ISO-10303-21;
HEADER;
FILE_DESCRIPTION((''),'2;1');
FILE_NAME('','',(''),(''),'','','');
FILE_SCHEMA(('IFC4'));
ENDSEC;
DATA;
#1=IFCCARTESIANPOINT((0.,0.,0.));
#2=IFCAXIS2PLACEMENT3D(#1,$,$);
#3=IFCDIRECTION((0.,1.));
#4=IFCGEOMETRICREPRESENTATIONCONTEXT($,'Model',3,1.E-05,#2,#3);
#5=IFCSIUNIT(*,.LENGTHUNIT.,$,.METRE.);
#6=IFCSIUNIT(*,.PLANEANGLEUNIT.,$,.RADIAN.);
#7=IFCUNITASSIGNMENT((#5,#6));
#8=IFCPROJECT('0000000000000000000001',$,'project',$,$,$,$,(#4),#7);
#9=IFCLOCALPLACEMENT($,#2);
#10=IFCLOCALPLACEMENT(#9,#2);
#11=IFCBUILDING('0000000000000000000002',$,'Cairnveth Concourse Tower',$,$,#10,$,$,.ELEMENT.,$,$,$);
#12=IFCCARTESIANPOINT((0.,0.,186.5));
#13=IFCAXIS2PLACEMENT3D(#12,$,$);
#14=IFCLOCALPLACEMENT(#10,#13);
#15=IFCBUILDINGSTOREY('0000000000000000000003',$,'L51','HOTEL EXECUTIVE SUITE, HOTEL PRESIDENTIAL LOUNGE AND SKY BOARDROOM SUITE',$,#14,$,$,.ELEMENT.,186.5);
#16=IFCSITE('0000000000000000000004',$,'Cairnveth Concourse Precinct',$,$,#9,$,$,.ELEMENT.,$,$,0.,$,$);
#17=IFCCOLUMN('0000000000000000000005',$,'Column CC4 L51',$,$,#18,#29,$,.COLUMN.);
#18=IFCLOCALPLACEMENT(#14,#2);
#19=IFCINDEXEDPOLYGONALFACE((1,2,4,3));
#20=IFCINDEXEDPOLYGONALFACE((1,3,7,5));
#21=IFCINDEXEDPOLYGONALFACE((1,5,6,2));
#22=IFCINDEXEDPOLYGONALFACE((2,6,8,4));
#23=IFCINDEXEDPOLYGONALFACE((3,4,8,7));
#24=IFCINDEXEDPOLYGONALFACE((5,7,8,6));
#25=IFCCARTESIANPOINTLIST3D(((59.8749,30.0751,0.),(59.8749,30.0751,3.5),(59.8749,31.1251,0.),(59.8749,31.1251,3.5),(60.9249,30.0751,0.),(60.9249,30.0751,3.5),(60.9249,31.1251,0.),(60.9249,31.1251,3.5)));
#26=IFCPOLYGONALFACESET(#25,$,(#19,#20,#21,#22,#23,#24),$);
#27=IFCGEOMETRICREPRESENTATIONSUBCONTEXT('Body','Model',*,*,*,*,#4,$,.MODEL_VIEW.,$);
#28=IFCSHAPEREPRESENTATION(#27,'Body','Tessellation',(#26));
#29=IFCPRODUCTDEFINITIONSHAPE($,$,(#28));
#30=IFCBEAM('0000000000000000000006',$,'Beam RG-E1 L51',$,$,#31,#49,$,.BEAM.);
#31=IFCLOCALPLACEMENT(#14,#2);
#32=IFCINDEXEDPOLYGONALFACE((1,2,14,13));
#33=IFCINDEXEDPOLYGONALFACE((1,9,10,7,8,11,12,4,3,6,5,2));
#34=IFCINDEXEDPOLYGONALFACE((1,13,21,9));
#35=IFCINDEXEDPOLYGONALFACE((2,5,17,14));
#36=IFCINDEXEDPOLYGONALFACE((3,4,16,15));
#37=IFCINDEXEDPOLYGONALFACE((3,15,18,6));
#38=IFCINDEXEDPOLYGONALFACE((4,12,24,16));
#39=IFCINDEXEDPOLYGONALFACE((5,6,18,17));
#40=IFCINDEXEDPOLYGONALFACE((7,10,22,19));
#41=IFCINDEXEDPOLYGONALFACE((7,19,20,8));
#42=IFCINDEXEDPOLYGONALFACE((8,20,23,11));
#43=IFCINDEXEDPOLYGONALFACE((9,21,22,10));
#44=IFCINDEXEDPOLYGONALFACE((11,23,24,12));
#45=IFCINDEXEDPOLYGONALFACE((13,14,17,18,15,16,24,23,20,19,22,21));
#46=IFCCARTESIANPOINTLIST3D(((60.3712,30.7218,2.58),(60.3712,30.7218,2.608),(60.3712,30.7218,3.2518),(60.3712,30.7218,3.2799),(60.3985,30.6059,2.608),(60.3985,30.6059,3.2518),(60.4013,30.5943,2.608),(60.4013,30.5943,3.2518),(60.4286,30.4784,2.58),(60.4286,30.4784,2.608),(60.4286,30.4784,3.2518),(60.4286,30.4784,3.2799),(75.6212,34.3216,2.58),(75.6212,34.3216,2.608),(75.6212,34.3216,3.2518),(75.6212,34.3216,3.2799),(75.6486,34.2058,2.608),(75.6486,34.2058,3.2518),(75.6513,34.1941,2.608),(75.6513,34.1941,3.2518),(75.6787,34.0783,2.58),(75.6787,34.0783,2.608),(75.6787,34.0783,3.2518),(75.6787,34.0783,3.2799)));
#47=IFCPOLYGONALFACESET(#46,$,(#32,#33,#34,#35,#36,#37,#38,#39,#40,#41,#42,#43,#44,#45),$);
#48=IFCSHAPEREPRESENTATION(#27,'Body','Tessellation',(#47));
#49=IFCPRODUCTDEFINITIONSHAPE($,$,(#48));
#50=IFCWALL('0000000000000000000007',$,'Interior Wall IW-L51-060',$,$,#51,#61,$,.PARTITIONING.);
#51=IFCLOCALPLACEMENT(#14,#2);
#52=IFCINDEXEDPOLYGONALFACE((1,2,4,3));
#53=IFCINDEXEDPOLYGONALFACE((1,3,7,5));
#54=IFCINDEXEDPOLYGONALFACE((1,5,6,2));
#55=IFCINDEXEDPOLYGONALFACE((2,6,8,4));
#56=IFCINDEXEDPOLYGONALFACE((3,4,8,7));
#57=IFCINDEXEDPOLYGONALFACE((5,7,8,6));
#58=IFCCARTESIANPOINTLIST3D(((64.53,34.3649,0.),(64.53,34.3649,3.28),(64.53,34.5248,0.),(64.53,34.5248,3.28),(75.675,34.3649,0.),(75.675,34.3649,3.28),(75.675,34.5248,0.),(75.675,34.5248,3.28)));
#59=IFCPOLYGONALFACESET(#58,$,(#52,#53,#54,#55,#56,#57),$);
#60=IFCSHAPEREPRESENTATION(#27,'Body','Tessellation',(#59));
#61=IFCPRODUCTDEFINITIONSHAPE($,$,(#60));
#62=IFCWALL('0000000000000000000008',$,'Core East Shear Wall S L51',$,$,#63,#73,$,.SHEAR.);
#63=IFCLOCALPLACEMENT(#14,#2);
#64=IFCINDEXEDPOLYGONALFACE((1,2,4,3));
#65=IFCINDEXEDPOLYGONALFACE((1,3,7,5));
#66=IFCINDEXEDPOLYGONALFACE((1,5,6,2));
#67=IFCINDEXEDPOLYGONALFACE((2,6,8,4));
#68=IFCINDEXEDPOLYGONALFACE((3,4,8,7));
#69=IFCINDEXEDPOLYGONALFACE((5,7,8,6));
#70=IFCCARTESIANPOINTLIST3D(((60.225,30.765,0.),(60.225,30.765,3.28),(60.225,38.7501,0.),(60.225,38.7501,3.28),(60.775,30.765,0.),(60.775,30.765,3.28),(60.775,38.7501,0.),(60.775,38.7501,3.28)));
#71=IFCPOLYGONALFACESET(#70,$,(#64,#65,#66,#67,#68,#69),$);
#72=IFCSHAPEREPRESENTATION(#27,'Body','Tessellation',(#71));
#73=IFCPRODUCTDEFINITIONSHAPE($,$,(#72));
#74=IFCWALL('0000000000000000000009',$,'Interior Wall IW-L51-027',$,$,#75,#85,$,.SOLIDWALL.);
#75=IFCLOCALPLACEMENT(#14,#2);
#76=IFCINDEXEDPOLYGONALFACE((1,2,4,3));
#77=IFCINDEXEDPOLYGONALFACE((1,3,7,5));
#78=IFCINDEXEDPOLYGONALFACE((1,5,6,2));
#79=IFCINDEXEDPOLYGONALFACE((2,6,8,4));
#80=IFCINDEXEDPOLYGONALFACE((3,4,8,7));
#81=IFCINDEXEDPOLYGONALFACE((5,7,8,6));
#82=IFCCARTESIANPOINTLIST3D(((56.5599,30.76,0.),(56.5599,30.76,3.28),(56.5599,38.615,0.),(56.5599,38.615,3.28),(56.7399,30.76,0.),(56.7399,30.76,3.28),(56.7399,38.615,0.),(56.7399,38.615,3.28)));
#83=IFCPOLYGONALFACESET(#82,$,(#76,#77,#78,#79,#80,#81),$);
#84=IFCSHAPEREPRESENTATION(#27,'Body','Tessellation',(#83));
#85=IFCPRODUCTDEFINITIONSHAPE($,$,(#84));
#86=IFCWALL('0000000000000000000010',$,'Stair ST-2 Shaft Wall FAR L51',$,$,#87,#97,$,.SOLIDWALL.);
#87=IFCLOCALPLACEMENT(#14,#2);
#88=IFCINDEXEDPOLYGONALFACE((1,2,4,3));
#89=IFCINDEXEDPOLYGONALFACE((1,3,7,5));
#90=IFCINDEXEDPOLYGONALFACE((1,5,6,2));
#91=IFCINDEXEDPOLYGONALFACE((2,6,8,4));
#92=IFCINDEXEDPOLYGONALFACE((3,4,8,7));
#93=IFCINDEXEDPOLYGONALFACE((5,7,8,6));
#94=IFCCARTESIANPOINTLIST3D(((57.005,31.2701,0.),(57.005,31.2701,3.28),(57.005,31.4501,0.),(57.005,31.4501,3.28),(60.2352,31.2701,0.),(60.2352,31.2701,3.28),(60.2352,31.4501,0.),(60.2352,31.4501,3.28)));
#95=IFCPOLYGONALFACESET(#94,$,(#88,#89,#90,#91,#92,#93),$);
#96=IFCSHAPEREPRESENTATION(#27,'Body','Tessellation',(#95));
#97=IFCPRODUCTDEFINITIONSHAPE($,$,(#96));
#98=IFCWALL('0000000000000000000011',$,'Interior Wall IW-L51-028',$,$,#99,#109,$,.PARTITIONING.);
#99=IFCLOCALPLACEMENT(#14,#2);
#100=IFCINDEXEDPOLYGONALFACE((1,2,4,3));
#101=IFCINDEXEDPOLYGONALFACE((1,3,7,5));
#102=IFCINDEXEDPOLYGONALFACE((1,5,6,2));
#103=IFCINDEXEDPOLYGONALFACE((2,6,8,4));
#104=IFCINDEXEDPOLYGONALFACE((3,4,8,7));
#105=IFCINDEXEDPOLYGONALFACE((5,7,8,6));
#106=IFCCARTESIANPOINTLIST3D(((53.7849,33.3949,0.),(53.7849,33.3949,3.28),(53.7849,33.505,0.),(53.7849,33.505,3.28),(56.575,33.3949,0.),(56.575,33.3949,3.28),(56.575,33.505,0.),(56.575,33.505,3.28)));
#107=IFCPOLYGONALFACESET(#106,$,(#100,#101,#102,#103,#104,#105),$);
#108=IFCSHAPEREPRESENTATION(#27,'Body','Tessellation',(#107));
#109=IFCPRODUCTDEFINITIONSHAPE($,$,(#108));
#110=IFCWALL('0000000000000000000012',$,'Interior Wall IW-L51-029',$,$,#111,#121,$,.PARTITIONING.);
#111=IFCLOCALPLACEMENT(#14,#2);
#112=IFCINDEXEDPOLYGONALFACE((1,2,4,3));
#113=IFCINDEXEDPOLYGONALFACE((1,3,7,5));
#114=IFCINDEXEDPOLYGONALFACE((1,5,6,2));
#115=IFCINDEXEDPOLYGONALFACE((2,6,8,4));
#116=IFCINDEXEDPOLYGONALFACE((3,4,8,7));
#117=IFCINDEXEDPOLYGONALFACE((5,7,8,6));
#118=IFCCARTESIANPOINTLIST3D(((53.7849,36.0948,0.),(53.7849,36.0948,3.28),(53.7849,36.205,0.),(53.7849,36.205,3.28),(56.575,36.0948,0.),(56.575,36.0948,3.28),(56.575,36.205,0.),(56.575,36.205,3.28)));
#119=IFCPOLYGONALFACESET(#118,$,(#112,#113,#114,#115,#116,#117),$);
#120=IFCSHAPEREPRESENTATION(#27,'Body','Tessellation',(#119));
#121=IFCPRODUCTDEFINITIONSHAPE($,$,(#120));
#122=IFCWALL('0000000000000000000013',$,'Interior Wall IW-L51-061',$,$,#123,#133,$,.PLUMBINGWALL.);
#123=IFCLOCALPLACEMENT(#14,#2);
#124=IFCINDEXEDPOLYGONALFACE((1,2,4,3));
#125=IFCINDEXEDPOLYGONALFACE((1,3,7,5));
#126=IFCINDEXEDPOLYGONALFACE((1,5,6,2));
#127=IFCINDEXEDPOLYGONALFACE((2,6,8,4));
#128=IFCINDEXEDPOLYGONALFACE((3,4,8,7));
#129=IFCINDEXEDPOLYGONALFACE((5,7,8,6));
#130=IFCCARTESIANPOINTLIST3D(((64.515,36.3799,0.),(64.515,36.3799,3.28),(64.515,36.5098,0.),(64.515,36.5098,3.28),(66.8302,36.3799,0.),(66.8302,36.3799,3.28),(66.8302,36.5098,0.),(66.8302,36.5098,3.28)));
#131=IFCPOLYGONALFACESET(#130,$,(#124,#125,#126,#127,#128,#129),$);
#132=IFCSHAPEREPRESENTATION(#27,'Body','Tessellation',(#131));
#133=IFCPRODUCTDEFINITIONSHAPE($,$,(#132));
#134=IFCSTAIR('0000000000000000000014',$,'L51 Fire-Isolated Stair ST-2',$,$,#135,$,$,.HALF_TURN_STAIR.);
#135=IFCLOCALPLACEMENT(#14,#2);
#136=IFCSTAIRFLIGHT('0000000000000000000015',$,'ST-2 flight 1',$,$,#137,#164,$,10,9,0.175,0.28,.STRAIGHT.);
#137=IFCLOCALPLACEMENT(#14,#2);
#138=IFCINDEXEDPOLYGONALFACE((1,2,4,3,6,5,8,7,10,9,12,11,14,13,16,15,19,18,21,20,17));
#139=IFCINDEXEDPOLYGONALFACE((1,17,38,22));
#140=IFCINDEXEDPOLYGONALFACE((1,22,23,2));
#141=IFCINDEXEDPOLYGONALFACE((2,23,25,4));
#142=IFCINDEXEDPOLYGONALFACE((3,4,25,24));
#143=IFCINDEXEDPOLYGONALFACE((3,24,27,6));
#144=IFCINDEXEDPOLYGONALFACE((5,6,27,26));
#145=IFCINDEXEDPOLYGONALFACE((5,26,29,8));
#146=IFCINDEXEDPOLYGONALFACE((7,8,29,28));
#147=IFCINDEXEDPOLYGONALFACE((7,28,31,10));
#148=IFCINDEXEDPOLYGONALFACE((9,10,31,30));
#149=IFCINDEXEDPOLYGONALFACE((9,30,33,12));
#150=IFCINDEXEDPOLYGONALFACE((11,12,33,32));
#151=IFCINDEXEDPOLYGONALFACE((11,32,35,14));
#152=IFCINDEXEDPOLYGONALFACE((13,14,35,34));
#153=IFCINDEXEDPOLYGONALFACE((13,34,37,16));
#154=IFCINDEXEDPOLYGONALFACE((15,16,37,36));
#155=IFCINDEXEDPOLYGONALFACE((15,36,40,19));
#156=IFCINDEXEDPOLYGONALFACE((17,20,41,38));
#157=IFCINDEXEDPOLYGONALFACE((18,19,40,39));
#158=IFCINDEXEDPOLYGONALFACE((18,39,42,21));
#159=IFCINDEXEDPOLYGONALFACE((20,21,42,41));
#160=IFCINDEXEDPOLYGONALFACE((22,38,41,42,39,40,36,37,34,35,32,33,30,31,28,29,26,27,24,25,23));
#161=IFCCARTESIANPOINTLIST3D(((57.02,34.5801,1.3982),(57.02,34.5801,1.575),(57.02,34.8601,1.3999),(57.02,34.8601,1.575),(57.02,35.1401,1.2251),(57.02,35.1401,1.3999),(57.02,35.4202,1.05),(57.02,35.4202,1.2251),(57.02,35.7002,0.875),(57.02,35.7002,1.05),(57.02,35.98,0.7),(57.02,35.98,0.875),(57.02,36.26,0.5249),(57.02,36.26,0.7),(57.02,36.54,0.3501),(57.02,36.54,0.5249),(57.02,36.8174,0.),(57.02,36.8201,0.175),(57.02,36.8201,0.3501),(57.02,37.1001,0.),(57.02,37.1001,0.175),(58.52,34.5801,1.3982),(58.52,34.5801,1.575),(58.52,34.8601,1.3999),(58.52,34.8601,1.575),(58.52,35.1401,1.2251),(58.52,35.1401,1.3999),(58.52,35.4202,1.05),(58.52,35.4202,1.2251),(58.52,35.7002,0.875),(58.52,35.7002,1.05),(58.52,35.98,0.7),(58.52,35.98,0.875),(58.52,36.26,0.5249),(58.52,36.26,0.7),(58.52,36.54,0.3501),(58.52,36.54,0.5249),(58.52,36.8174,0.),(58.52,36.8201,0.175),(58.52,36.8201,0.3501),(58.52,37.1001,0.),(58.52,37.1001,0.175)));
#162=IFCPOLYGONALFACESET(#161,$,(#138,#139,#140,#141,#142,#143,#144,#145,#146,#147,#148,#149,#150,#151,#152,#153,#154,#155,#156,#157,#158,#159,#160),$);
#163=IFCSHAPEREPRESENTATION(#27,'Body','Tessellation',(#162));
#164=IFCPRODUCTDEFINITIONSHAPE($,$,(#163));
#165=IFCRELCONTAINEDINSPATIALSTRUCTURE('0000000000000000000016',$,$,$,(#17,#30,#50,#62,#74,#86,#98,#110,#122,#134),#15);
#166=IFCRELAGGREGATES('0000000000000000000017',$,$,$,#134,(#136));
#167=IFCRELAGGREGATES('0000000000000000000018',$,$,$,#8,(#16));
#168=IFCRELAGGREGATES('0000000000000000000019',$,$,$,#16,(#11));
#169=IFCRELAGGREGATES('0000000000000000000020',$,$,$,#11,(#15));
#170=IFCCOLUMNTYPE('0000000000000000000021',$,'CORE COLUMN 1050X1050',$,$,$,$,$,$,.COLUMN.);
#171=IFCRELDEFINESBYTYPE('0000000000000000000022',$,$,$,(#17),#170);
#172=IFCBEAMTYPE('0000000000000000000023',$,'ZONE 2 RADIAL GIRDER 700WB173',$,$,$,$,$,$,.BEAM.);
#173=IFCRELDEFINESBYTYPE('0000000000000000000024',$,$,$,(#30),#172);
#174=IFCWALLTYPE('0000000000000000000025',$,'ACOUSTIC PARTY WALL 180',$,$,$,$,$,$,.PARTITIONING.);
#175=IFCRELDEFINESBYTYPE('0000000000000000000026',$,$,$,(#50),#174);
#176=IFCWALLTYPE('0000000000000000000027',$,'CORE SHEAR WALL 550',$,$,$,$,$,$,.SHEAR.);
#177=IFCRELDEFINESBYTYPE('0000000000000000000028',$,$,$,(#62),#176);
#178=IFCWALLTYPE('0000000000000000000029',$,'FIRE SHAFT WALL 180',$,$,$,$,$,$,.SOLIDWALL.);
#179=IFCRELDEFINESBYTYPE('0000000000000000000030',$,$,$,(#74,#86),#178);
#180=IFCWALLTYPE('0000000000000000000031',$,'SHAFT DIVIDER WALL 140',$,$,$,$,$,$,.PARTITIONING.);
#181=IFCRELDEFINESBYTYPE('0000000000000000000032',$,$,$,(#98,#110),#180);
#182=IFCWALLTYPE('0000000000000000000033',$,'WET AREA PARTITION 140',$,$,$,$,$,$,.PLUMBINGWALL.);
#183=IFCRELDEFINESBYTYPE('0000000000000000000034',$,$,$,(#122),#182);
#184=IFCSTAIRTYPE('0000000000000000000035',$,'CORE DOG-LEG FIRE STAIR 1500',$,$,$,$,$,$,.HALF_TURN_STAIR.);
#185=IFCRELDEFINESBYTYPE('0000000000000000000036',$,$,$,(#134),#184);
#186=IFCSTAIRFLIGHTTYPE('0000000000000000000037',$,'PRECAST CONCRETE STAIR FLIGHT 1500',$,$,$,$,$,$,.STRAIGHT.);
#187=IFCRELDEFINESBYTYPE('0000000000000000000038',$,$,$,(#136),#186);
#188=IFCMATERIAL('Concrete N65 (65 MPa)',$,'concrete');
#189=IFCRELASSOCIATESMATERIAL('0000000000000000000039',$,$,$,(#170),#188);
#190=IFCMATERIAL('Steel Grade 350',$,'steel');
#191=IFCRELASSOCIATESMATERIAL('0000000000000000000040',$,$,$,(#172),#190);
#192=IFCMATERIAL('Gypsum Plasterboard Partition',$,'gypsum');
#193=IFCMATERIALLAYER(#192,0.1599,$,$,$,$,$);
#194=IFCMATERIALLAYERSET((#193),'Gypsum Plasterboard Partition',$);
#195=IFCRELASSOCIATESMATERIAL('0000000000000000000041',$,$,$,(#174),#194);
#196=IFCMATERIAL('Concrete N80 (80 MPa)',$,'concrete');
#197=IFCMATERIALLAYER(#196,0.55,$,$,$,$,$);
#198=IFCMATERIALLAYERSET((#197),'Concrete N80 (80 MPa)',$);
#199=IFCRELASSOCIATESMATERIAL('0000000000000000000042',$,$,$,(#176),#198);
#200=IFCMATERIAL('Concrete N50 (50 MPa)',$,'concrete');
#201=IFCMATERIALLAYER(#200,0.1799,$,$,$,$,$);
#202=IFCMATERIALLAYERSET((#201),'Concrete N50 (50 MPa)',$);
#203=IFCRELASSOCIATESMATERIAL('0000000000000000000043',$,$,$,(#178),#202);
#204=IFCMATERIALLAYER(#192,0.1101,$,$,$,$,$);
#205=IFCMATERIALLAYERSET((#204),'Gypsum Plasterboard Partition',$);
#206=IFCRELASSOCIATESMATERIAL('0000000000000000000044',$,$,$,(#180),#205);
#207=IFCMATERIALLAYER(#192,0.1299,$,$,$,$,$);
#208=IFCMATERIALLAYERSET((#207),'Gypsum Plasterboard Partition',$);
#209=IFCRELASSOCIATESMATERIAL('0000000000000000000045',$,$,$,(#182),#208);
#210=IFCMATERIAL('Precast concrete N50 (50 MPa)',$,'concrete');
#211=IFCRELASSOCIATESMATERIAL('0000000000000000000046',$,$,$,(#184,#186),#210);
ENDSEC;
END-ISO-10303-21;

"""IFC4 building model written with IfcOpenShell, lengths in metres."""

from ifc_helpers import new_model, si_unit, direction, frame, frame_2d, origin, origin_2d, place, context, subcontext, project, spatial, polyline, rectangle, i_section, outline, extrude, material, layer, layer_set, material_profile, profile_set, type_object, element, aggregate, save


model = new_model("IFC4")

# Units and contexts
model_context = context("Model", 3, precision=1e-05, world=origin(), true_north=direction((0.0, 1.0)))
body_context = subcontext(model_context, "Body", "Model", "MODEL_VIEW")
ifc_project = project(units=[si_unit("LENGTHUNIT", "METRE"), si_unit("PLANEANGLEUNIT", "RADIAN")], contexts=[model_context])

# Site, building, storey
site_placement = place(None, origin())
site = spatial("IfcSite", under=ifc_project, at=site_placement, Name="Cairnveth Concourse Precinct", CompositionType="ELEMENT", RefElevation=0.0)
building_placement = place(site_placement, origin())
building = spatial("IfcBuilding", under=site, at=building_placement, Name="Cairnveth Concourse Tower", CompositionType="ELEMENT")
storey_placement = place(building_placement, frame((0.0, 0.0, 186.5)))
storey = spatial("IfcBuildingStorey", under=building, at=storey_placement, Name="L51", Description="HOTEL EXECUTIVE SUITE, HOTEL PRESIDENTIAL LOUNGE AND SKY BOARDROOM SUITE", CompositionType="ELEMENT", Elevation=186.5)

# Column
ifc_material_1 = material(Name="Concrete N65 (65 MPa)", Category="concrete")
ifc_material_profile_1 = material_profile(ifc_material_1, rectangle(XDim=1.05, YDim=1.05, at=origin_2d()), Name="RC-COL-1050x1050")
ifc_profile_set_1 = profile_set([ifc_material_profile_1], Name="Concrete N65 (65 MPa)")
column_type = type_object("IfcColumnType", Name="CORE COLUMN 1050X1050", PredefinedType="COLUMN", material=ifc_profile_set_1)
column_placement = place(storey_placement, frame((60.3999, 30.6001, 0.0), z_axis=(0.0, 0.0, 1.0), x_axis=(1.0, 0.0, 0.0)))
element("IfcColumn", 1, at=column_placement, inside=storey, type_object=column_type, Name="Column CC4 L51", PredefinedType="COLUMN", context=body_context, shape_type="SweptSolid", body=[
    extrude(rectangle(XDim=1.05, YDim=1.05, at=origin_2d()), origin(), (0.0, 0.0, 1.0), 3.5),
])

# Beam
ifc_material_2 = material(Name="Steel Grade 350", Category="steel")
ifc_material_profile_2 = material_profile(ifc_material_2, i_section(OverallWidth=0.25, OverallDepth=0.7, WebThickness=0.012, FlangeThickness=0.0281, at=origin_2d()), Name="700WB173")
ifc_profile_set_2 = profile_set([ifc_material_profile_2], Name="Steel Grade 350")
beam_type = type_object("IfcBeamType", Name="ZONE 2 RADIAL GIRDER 700WB173", PredefinedType="BEAM", material=ifc_profile_set_2)
beam_placement = place(storey_placement, frame((60.3999, 30.6001, 2.9299), z_axis=(0.973252, 0.229742, 0.0), x_axis=(-0.229742, 0.973252, 0.0)))
element("IfcBeam", 2, at=beam_placement, inside=storey, type_object=beam_type, Name="Beam RG-E1 L51", PredefinedType="BEAM", context=body_context, shape_type="SweptSolid", body=[
    extrude(i_section(OverallWidth=0.25, OverallDepth=0.7, WebThickness=0.012, FlangeThickness=0.0281, at=origin_2d()), origin(), (0.0, 0.0, 1.0), 15.6692),
])

# Walls
ifc_material_3 = material(Name="Gypsum Plasterboard Partition", Category="gypsum")
ifc_layer_1 = layer(ifc_material_3, 0.1599)
ifc_layer_set_1 = layer_set([ifc_layer_1], Name="Gypsum Plasterboard Partition")
wall_type_1 = type_object("IfcWallType", Name="ACOUSTIC PARTY WALL 180", PredefinedType="PARTITIONING", material=ifc_layer_set_1)
wall_1_placement = place(storey_placement, frame((64.53, 34.4448, 0.0), z_axis=(0.0, 0.0, 1.0), x_axis=(1.0, 0.0, 0.0)))
element("IfcWall", 3, at=wall_1_placement, inside=storey, type_object=wall_type_1, Name="Interior Wall IW-L51-060", PredefinedType="PARTITIONING", context=body_context, shape_type="SweptSolid", body=[
    extrude(rectangle(XDim=11.145, YDim=0.1599, at=frame_2d((5.5725, 0.0))), origin(), (0.0, 0.0, 1.0), 3.28),
])
ifc_material_4 = material(Name="Concrete N80 (80 MPa)", Category="concrete")
ifc_layer_2 = layer(ifc_material_4, 0.55)
ifc_layer_set_2 = layer_set([ifc_layer_2], Name="Concrete N80 (80 MPa)")
wall_type_2 = type_object("IfcWallType", Name="CORE SHEAR WALL 550", PredefinedType="SHEAR", material=ifc_layer_set_2)
wall_2_placement = place(storey_placement, frame((60.5, 30.7649, 0.0), z_axis=(0.0, 0.0, 1.0), x_axis=(0.0, 1.0, 0.0)))
element("IfcWall", 4, at=wall_2_placement, inside=storey, type_object=wall_type_2, Name="Core East Shear Wall S L51", PredefinedType="SHEAR", context=body_context, shape_type="SweptSolid", body=[
    extrude(rectangle(XDim=7.9851, YDim=0.55, at=frame_2d((3.9927, 0.0))), origin(), (0.0, 0.0, 1.0), 3.28),
])
ifc_material_5 = material(Name="Concrete N50 (50 MPa)", Category="concrete")
ifc_layer_3 = layer(ifc_material_5, 0.1799)
ifc_layer_set_3 = layer_set([ifc_layer_3], Name="Concrete N50 (50 MPa)")
wall_type_3 = type_object("IfcWallType", Name="FIRE SHAFT WALL 180", PredefinedType="SOLIDWALL", material=ifc_layer_set_3)
wall_3_placement = place(storey_placement, frame((56.6499, 30.76, 0.0), z_axis=(0.0, 0.0, 1.0), x_axis=(0.0, 1.0, 0.0)))
element("IfcWall", 5, at=wall_3_placement, inside=storey, type_object=wall_type_3, Name="Interior Wall IW-L51-027", PredefinedType="SOLIDWALL", context=body_context, shape_type="SweptSolid", body=[
    extrude(rectangle(XDim=7.855, YDim=0.1799, at=frame_2d((3.9275, 0.0))), origin(), (0.0, 0.0, 1.0), 3.28),
])
wall_4_placement = place(storey_placement, frame((57.0049, 31.3601, 0.0), z_axis=(0.0, 0.0, 1.0), x_axis=(1.0, 0.0, 0.0)))
element("IfcWall", 6, at=wall_4_placement, inside=storey, type_object=wall_type_3, Name="Stair ST-2 Shaft Wall FAR L51", PredefinedType="SOLIDWALL", context=body_context, shape_type="SweptSolid", body=[
    extrude(rectangle(XDim=3.2302, YDim=0.1799, at=frame_2d((1.6152, 0.0))), origin(), (0.0, 0.0, 1.0), 3.28),
])
ifc_layer_4 = layer(ifc_material_3, 0.1101)
ifc_layer_set_4 = layer_set([ifc_layer_4], Name="Gypsum Plasterboard Partition")
wall_type_4 = type_object("IfcWallType", Name="SHAFT DIVIDER WALL 140", PredefinedType="PARTITIONING", material=ifc_layer_set_4)
for number, where, z_axis, x_axis, name in (
    (7, (53.7849, 33.45, 0.0), (0.0, 0.0, 1.0), (1.0, 0.0, 0.0), "Interior Wall IW-L51-028"),
    (8, (53.7849, 36.1499, 0.0), (0.0, 0.0, 1.0), (1.0, 0.0, 0.0), "Interior Wall IW-L51-029"),
):
    element("IfcWall", number, at=place(storey_placement, frame(where, z_axis=z_axis, x_axis=x_axis)), inside=storey, type_object=wall_type_4, Name=name, PredefinedType="PARTITIONING", context=body_context, shape_type="SweptSolid", body=[
        extrude(rectangle(XDim=2.79, YDim=0.1101, at=frame_2d((1.395, 0.0))), origin(), (0.0, 0.0, 1.0), 3.28),
    ])
ifc_layer_5 = layer(ifc_material_3, 0.1299)
ifc_layer_set_5 = layer_set([ifc_layer_5], Name="Gypsum Plasterboard Partition")
wall_type_5 = type_object("IfcWallType", Name="WET AREA PARTITION 140", PredefinedType="PLUMBINGWALL", material=ifc_layer_set_5)
wall_5_placement = place(storey_placement, frame((64.5149, 36.4448, 0.0), z_axis=(0.0, 0.0, 1.0), x_axis=(1.0, 0.0, 0.0)))
element("IfcWall", 9, at=wall_5_placement, inside=storey, type_object=wall_type_5, Name="Interior Wall IW-L51-061", PredefinedType="PLUMBINGWALL", context=body_context, shape_type="SweptSolid", body=[
    extrude(rectangle(XDim=2.3152, YDim=0.1299, at=frame_2d((1.1577, 0.0))), origin(), (0.0, 0.0, 1.0), 3.28),
])

# Stair, stair flight
ifc_material_6 = material(Name="Precast concrete N50 (50 MPa)", Category="concrete")
stair_type = type_object("IfcStairType", Name="CORE DOG-LEG FIRE STAIR 1500", PredefinedType="HALF_TURN_STAIR", material=ifc_material_6)
stair_placement = place(storey_placement, origin())
stair = element("IfcStair", 10, at=stair_placement, inside=storey, type_object=stair_type, Name="L51 Fire-Isolated Stair ST-2", PredefinedType="HALF_TURN_STAIR")
stair_flight_type = type_object("IfcStairFlightType", Name="PRECAST CONCRETE STAIR FLIGHT 1500", PredefinedType="STRAIGHT", material=ifc_material_6)
stair_flight_1_placement = place(storey_placement, frame((57.77, 37.1001, 0.0), z_axis=(0.0, 0.0, 1.0), x_axis=(0.0, -1.0, 0.0)))
stair_flight_1 = element("IfcStairFlight", 11, at=stair_flight_1_placement, type_object=stair_flight_type, Name="ST-2 flight 1", NumberOfRisers=10, NumberOfTreads=9, PredefinedType="STRAIGHT", RiserHeight=0.175, TreadLength=0.28, context=body_context, shape_type="SweptSolid", body=[
    extrude(outline(polyline([(0.0, 0.0), (0.0, 0.175), (0.28, 0.175), (0.28, 0.3501), (0.5601, 0.3501), (0.5601, 0.5249), (0.8401, 0.5249), (0.8401, 0.7), (1.1201, 0.7), (1.1201, 0.875), (1.3999, 0.875), (1.3999, 1.05), (1.6799, 1.05), (1.6799, 1.2251), (1.96, 1.2251), (1.96, 1.3999), (2.24, 1.3999), (2.24, 1.575), (2.52, 1.575), (2.52, 1.75), (2.52, 1.3982), (0.2827, 0.0), (0.0, 0.0)])), frame((0.0, 0.75, 0.0), z_axis=(0.0, -1.0, 0.0), x_axis=(1.0, 0.0, 0.0)), (0.0, 0.0, 1.0), 1.5),
])
aggregate(stair, [stair_flight_1])

save(model, "model.ifc")
